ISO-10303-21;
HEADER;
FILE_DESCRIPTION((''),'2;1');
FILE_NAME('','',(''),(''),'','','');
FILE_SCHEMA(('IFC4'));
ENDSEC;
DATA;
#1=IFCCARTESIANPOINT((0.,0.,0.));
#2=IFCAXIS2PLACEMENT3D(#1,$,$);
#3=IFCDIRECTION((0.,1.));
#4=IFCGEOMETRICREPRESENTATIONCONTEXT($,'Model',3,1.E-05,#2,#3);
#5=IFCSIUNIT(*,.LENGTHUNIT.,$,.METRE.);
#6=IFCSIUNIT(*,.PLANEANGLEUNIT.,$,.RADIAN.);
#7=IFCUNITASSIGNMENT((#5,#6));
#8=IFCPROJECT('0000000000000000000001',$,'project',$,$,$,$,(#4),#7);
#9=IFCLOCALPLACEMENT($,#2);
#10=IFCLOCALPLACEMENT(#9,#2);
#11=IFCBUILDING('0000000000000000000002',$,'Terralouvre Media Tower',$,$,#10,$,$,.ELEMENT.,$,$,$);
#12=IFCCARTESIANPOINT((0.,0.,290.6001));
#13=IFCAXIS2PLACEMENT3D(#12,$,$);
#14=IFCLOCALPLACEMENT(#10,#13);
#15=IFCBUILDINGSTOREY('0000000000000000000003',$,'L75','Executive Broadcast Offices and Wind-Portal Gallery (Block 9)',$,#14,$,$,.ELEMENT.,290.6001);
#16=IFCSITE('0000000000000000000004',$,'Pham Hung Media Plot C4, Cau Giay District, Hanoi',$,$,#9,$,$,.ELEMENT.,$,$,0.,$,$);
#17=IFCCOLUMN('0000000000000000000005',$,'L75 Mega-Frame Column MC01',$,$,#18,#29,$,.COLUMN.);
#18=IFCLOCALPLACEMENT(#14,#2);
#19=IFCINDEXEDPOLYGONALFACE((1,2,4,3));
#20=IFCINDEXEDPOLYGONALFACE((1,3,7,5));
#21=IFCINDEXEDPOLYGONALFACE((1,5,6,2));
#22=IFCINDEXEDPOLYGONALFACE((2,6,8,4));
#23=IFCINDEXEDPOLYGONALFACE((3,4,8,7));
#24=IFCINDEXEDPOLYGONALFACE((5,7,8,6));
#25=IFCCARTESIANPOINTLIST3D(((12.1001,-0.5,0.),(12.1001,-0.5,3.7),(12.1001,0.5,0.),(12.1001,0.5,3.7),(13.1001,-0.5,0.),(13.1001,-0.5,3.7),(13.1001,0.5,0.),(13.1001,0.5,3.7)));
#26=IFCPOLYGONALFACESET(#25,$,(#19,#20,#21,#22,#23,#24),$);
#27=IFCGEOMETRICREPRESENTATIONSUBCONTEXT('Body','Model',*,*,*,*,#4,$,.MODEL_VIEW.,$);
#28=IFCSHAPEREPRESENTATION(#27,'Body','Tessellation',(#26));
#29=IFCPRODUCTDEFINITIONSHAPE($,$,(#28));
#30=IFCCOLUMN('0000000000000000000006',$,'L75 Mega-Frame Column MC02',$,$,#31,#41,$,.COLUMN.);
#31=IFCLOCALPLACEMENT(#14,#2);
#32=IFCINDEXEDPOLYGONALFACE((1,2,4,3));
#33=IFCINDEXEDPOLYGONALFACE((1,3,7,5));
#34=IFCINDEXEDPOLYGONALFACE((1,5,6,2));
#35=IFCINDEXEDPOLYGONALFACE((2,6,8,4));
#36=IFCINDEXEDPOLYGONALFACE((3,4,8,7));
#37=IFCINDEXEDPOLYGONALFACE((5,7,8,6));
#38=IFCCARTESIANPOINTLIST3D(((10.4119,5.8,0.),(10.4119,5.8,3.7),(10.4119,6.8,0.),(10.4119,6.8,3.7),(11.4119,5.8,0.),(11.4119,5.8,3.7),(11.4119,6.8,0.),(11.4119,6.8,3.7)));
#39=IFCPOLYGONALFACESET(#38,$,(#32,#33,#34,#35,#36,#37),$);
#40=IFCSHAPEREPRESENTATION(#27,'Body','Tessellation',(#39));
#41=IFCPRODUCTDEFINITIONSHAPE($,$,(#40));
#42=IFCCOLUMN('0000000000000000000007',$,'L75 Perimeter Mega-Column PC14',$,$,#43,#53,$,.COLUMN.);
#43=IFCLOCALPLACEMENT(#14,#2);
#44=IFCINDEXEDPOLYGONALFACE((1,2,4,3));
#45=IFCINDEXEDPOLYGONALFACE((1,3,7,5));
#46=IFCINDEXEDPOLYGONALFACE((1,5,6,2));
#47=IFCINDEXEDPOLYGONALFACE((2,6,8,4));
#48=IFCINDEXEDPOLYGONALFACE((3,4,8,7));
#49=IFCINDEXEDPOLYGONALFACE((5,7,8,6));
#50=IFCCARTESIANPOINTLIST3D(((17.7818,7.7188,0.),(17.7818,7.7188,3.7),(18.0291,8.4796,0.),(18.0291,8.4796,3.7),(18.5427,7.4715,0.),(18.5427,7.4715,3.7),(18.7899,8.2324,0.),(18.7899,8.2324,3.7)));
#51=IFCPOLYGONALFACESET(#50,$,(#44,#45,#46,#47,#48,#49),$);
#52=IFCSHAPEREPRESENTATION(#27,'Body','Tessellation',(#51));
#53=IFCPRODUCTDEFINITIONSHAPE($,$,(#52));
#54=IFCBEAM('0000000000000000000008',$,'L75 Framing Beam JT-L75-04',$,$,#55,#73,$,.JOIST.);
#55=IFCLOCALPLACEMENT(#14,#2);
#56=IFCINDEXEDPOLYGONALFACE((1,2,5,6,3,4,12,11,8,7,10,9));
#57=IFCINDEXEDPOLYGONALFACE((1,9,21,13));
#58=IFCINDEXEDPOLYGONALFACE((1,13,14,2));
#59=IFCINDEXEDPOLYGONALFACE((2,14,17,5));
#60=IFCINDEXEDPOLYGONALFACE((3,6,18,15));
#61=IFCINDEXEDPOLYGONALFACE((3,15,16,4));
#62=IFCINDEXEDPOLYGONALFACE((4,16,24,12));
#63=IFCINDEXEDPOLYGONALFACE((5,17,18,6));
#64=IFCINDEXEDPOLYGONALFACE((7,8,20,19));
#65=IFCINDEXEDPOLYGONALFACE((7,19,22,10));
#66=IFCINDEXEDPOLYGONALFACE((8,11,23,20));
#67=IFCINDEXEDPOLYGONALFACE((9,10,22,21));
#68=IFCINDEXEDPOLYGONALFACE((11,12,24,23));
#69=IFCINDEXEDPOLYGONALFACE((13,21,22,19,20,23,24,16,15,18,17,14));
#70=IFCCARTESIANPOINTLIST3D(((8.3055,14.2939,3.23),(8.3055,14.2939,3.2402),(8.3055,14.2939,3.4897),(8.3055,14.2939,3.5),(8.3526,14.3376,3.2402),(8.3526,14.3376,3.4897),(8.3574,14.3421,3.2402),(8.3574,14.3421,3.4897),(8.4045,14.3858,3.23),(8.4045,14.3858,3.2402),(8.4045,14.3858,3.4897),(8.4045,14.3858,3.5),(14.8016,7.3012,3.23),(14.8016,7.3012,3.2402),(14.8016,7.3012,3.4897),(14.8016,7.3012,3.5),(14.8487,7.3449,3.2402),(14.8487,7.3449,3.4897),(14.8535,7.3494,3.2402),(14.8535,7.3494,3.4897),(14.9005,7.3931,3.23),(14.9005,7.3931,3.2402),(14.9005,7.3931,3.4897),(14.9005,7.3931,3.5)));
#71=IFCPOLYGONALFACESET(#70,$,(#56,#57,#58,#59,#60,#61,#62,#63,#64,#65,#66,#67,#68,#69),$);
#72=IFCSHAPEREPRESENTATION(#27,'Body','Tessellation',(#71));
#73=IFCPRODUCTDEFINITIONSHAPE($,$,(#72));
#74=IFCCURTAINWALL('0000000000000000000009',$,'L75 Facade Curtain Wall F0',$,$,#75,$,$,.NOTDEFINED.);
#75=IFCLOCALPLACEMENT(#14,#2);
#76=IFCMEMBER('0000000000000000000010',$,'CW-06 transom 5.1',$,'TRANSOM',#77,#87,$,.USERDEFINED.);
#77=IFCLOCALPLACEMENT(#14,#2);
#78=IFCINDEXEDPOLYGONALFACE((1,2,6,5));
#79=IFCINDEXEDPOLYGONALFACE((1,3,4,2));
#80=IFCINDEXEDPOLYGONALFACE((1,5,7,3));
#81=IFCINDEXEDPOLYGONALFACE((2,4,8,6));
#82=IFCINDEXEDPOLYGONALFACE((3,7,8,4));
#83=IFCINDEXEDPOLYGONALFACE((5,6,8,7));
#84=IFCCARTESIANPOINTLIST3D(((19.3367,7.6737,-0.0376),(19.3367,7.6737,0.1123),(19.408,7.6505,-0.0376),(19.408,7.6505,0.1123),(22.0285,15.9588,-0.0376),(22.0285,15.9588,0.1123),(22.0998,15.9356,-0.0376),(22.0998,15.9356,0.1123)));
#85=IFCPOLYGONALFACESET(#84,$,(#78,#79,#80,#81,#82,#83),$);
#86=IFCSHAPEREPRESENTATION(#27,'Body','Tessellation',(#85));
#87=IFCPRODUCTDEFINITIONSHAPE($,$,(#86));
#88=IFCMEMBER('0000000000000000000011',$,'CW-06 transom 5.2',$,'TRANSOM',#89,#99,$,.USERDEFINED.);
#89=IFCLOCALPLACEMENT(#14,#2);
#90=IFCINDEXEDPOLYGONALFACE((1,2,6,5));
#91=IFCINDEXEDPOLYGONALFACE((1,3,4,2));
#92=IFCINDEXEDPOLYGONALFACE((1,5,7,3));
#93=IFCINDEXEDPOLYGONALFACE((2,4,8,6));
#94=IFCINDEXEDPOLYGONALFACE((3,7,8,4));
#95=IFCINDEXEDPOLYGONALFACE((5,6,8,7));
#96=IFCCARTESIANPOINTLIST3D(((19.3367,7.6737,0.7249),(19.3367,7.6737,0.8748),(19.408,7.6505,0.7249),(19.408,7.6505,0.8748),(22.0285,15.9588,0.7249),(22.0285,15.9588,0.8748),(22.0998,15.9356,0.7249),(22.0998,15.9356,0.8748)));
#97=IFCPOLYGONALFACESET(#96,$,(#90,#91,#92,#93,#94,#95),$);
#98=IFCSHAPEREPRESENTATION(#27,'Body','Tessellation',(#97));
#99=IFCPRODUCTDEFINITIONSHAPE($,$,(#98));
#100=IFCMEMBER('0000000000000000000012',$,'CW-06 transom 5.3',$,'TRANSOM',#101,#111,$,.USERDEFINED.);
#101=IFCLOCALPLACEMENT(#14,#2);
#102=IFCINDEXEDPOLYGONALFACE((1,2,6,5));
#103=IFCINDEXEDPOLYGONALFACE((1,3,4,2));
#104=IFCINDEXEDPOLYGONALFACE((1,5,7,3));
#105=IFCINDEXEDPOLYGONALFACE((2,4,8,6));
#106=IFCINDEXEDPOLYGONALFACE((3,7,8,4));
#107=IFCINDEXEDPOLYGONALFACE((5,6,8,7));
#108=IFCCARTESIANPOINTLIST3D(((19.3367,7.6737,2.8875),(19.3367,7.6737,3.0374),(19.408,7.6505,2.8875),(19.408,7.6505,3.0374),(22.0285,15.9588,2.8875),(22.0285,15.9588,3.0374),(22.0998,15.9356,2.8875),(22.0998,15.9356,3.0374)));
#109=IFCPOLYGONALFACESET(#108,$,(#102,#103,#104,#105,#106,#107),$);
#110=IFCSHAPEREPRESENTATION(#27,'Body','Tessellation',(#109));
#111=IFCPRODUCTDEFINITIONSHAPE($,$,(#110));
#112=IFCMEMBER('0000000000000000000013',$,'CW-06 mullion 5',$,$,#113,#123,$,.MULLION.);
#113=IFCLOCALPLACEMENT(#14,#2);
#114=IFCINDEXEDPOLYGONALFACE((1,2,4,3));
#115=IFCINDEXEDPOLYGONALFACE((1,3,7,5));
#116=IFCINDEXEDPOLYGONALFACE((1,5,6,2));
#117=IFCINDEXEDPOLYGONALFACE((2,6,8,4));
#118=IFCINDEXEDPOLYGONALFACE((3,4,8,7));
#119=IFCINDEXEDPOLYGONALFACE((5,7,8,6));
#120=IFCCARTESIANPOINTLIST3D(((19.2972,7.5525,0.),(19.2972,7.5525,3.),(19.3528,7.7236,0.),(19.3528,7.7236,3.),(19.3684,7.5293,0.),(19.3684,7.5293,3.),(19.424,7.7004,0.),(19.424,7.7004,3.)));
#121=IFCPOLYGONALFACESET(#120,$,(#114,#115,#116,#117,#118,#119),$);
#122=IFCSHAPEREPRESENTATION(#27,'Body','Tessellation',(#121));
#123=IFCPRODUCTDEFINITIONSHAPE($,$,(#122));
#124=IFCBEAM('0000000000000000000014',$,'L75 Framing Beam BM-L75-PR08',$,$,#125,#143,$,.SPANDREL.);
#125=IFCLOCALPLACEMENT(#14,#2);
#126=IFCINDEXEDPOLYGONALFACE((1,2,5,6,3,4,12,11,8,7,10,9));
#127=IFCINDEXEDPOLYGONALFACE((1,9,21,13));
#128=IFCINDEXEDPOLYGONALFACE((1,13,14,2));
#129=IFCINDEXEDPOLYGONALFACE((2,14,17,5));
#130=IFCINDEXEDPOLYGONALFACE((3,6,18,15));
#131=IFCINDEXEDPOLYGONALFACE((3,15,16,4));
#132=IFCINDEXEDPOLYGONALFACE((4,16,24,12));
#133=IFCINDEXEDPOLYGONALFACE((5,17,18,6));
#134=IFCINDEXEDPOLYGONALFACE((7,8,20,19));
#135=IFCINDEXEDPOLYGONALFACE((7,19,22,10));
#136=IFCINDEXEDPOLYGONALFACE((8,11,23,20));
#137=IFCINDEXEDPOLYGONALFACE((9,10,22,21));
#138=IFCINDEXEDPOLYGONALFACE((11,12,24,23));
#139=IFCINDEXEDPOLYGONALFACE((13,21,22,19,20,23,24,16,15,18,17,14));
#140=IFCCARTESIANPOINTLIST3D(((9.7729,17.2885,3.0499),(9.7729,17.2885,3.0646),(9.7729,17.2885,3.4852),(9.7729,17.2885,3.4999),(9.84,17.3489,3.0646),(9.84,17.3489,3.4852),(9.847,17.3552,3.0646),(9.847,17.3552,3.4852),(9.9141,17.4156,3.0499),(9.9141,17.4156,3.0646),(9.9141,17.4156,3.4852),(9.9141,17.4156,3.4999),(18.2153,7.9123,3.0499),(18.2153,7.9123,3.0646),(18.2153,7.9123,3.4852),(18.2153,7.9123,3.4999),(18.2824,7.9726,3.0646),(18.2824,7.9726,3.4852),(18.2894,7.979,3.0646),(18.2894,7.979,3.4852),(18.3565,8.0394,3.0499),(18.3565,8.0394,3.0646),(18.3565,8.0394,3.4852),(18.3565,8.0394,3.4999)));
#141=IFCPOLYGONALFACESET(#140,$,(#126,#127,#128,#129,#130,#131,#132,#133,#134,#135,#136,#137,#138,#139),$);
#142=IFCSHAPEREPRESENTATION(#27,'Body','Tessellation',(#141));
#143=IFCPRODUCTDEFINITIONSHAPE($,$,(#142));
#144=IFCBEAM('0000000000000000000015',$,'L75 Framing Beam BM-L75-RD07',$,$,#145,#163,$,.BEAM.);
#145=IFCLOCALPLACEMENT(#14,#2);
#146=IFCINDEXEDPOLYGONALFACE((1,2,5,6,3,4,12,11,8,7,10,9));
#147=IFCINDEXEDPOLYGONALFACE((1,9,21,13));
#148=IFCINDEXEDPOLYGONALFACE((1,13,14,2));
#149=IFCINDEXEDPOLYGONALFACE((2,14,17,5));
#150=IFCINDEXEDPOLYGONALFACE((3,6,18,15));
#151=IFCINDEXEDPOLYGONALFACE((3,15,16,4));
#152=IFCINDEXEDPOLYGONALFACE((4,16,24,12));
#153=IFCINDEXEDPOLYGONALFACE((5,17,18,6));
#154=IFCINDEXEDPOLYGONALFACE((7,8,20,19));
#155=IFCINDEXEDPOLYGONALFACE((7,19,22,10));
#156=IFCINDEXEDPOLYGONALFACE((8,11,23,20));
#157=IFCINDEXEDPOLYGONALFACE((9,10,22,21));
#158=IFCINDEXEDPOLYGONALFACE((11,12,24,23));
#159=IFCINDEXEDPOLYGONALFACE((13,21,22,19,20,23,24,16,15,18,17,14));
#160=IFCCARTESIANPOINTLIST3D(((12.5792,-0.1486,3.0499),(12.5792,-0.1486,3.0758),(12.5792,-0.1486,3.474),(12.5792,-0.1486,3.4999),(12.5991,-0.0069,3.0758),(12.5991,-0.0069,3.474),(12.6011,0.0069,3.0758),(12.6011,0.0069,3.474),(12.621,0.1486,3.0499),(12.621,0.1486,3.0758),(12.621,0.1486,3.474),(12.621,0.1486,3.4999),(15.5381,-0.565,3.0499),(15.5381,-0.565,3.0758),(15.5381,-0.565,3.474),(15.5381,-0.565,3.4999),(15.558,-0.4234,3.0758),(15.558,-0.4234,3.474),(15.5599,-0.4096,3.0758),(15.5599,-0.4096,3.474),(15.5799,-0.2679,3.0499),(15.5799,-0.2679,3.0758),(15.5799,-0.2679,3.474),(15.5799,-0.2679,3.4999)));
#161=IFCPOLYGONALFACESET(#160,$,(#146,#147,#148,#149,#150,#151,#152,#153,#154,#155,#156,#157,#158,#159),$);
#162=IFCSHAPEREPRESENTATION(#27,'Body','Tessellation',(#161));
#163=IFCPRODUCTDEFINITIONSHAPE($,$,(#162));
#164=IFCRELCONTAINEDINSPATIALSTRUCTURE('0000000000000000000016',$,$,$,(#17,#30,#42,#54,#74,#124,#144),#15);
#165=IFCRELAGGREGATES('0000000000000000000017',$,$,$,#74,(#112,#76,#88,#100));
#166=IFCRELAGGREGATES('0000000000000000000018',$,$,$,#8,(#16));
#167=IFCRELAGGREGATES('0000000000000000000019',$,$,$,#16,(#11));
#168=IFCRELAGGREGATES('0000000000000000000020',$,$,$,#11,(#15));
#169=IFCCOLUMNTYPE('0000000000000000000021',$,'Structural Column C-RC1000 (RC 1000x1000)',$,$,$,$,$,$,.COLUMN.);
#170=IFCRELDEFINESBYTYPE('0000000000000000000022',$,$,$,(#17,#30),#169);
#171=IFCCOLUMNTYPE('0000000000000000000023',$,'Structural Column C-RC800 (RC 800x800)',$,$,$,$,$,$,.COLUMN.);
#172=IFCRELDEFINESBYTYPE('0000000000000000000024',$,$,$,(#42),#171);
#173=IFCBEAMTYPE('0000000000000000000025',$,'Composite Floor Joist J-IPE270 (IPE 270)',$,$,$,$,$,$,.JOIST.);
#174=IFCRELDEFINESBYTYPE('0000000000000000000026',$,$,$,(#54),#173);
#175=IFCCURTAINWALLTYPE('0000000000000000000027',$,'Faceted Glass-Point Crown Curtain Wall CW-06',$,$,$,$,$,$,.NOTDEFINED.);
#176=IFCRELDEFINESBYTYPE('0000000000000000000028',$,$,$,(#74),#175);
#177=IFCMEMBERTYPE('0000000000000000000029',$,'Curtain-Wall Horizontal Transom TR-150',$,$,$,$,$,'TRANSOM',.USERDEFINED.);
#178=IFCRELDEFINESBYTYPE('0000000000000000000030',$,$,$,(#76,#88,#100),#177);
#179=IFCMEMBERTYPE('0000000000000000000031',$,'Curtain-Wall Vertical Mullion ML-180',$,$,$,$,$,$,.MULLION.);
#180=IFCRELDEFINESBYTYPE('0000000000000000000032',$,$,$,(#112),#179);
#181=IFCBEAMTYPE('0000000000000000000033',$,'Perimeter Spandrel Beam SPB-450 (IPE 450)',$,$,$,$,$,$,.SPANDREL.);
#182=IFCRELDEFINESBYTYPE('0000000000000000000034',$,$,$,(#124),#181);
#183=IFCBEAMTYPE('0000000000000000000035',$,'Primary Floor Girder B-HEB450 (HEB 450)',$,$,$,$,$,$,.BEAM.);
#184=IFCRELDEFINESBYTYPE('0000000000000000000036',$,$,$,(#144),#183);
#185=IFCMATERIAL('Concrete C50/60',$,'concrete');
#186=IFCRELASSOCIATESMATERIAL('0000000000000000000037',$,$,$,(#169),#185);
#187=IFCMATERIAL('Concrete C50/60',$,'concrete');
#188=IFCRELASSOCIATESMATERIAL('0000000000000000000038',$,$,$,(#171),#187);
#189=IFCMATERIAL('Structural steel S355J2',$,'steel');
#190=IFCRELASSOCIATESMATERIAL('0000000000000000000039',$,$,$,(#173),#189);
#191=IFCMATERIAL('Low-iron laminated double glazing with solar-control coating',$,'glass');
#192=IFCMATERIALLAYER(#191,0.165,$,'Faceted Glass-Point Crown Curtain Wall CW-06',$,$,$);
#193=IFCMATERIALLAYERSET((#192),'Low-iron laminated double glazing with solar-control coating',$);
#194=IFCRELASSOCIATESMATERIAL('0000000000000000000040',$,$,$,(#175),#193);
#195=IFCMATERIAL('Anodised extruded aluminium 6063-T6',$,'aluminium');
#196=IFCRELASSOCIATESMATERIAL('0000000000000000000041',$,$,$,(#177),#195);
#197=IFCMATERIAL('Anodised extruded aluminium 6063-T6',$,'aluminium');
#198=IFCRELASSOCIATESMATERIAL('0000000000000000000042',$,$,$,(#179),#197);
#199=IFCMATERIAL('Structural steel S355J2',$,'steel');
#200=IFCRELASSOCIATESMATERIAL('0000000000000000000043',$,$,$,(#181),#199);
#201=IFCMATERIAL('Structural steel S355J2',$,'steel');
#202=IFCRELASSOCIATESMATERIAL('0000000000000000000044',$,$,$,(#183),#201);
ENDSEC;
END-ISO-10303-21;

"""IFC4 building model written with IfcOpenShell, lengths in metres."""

from ifc_helpers import new_model, si_unit, direction, frame, origin, origin_2d, place, context, subcontext, project, spatial, rectangle, i_section, extrude, material, layer, layer_set, material_profile, profile_set, type_object, element, aggregate, save


model = new_model("IFC4")

# Units and contexts
model_context = context("Model", 3, precision=1e-05, world=origin(), true_north=direction((0.0, 1.0)))
body_context = subcontext(model_context, "Body", "Model", "MODEL_VIEW")
ifc_project = project(units=[si_unit("LENGTHUNIT", "METRE"), si_unit("PLANEANGLEUNIT", "RADIAN")], contexts=[model_context])

# Site, building, storey
site_placement = place(None, origin())
site = spatial("IfcSite", under=ifc_project, at=site_placement, Name="Pham Hung Media Plot C4, Cau Giay District, Hanoi", CompositionType="ELEMENT", RefElevation=0.0)
building_placement = place(site_placement, origin())
building = spatial("IfcBuilding", under=site, at=building_placement, Name="Terralouvre Media Tower", CompositionType="ELEMENT")
storey_placement = place(building_placement, frame((0.0, 0.0, 290.6001)))
storey = spatial("IfcBuildingStorey", under=building, at=storey_placement, Name="L75", Description="Executive Broadcast Offices and Wind-Portal Gallery (Block 9)", CompositionType="ELEMENT", Elevation=290.6001)

# Columns
ifc_material_1 = material(Name="Concrete C50/60", Category="concrete")
ifc_material_profile_1 = material_profile(ifc_material_1, rectangle(XDim=1.0, YDim=1.0, at=origin_2d()), Name="RC 1000x1000")
ifc_profile_set_1 = profile_set([ifc_material_profile_1], Name="Concrete C50/60")
column_type_1 = type_object("IfcColumnType", Name="Structural Column C-RC1000 (RC 1000x1000)", PredefinedType="COLUMN", material=ifc_profile_set_1)
for number, where, z_axis, x_axis, name in (
    (1, (12.6001, 0.0, 0.0), (0.0, 0.0, 1.0), (1.0, 0.0, 0.0), "L75 Mega-Frame Column MC01"),
    (2, (10.9119, 6.3, 0.0), (0.0, 0.0, 1.0), (1.0, 0.0, 0.0), "L75 Mega-Frame Column MC02"),
):
    element("IfcColumn", number, at=place(storey_placement, frame(where, z_axis=z_axis, x_axis=x_axis)), inside=storey, type_object=column_type_1, Name=name, PredefinedType="COLUMN", context=body_context, shape_type="SweptSolid", body=[
        extrude(rectangle(XDim=1.0, YDim=1.0, at=origin_2d()), origin(), (0.0, 0.0, 1.0), 3.7),
    ])
ifc_material_2 = material(Name="Concrete C50/60", Category="concrete")
ifc_material_profile_2 = material_profile(ifc_material_2, rectangle(XDim=0.8, YDim=0.8, at=origin_2d()), Name="RC 800x800")
ifc_profile_set_2 = profile_set([ifc_material_profile_2], Name="Concrete C50/60")
column_type_2 = type_object("IfcColumnType", Name="Structural Column C-RC800 (RC 800x800)", PredefinedType="COLUMN", material=ifc_profile_set_2)
column_placement = place(storey_placement, frame((18.2859, 7.9756, 0.0), z_axis=(0.0, 0.0, 1.0), x_axis=(0.309017, 0.951057, 0.0)))
element("IfcColumn", 3, at=column_placement, inside=storey, type_object=column_type_2, Name="L75 Perimeter Mega-Column PC14", PredefinedType="COLUMN", context=body_context, shape_type="SweptSolid", body=[
    extrude(rectangle(XDim=0.8, YDim=0.8, at=origin_2d()), origin(), (0.0, 0.0, 1.0), 3.7),
])

# Beam
ifc_material_3 = material(Name="Structural steel S355J2", Category="steel")
ifc_material_profile_3 = material_profile(ifc_material_3, i_section(OverallWidth=0.135, OverallDepth=0.27, WebThickness=0.0066, FlangeThickness=0.0103, at=origin_2d()), Name="IPE 270")
ifc_profile_set_3 = profile_set([ifc_material_profile_3], Name="Structural steel S355J2")
beam_type_1 = type_object("IfcBeamType", Name="Composite Floor Joist J-IPE270 (IPE 270)", PredefinedType="JOIST", material=ifc_profile_set_3)
beam_1_placement = place(storey_placement, frame((14.8511, 7.3472, 3.365), z_axis=(-0.680614, 0.732642, 0.0), x_axis=(-0.732642, -0.680614, 0.0)))
element("IfcBeam", 4, at=beam_1_placement, inside=storey, type_object=beam_type_1, Name="L75 Framing Beam JT-L75-04", PredefinedType="JOIST", context=body_context, shape_type="SweptSolid", body=[
    extrude(i_section(OverallWidth=0.135, OverallDepth=0.27, WebThickness=0.0066, FlangeThickness=0.0103, at=origin_2d()), origin(), (0.0, 0.0, 1.0), 9.5444),
])

# Curtain wall, members
ifc_material_4 = material(Name="Low-iron laminated double glazing with solar-control coating", Category="glass")
ifc_layer_1 = layer(ifc_material_4, 0.165, Name="Faceted Glass-Point Crown Curtain Wall CW-06")
ifc_layer_set_1 = layer_set([ifc_layer_1], Name="Low-iron laminated double glazing with solar-control coating")
curtain_wall_type = type_object("IfcCurtainWallType", Name="Faceted Glass-Point Crown Curtain Wall CW-06", PredefinedType="NOTDEFINED", material=ifc_layer_set_1)
curtain_wall_placement = place(storey_placement, origin())
curtain_wall = element("IfcCurtainWall", 5, at=curtain_wall_placement, inside=storey, type_object=curtain_wall_type, Name="L75 Facade Curtain Wall F0", PredefinedType="NOTDEFINED")
ifc_material_5 = material(Name="Anodised extruded aluminium 6063-T6", Category="aluminium")
ifc_material_profile_4 = material_profile(ifc_material_5, rectangle(XDim=0.075, YDim=0.1499, at=origin_2d()), Name="ALU 75x150")
ifc_profile_set_4 = profile_set([ifc_material_profile_4], Name="Anodised extruded aluminium 6063-T6")
member_type_1 = type_object("IfcMemberType", Name="Curtain-Wall Horizontal Transom TR-150", ElementType="TRANSOM", PredefinedType="USERDEFINED", material=ifc_profile_set_4)
member_1_placement = place(storey_placement, frame((19.3723, 7.6621, 0.0374), z_axis=(0.309005, 0.95106, 0.0), x_axis=(-0.95106, 0.309005, 0.0)))
member_1 = element("IfcMember", 6, at=member_1_placement, type_object=member_type_1, Name="CW-06 transom 5.1", ObjectType="TRANSOM", PredefinedType="USERDEFINED", context=body_context, shape_type="SweptSolid", body=[
    extrude(rectangle(XDim=0.075, YDim=0.1499, at=origin_2d()), origin(), (0.0, 0.0, 1.0), 8.7114),
])
member_2_placement = place(storey_placement, frame((19.3723, 7.6621, 0.7998), z_axis=(0.309005, 0.95106, 0.0), x_axis=(-0.95106, 0.309005, 0.0)))
member_2 = element("IfcMember", 7, at=member_2_placement, type_object=member_type_1, Name="CW-06 transom 5.2", ObjectType="TRANSOM", PredefinedType="USERDEFINED", context=body_context, shape_type="SweptSolid", body=[
    extrude(rectangle(XDim=0.075, YDim=0.1499, at=origin_2d()), origin(), (0.0, 0.0, 1.0), 8.7114),
])
member_3_placement = place(storey_placement, frame((19.3723, 7.6621, 2.9624), z_axis=(0.309005, 0.95106, 0.0), x_axis=(-0.95106, 0.309005, 0.0)))
member_3 = element("IfcMember", 8, at=member_3_placement, type_object=member_type_1, Name="CW-06 transom 5.3", ObjectType="TRANSOM", PredefinedType="USERDEFINED", context=body_context, shape_type="SweptSolid", body=[
    extrude(rectangle(XDim=0.075, YDim=0.1499, at=origin_2d()), origin(), (0.0, 0.0, 1.0), 8.7114),
])
ifc_material_6 = material(Name="Anodised extruded aluminium 6063-T6", Category="aluminium")
ifc_material_profile_5 = material_profile(ifc_material_6, rectangle(XDim=0.075, YDim=0.1799, at=origin_2d()), Name="ALU 75x180")
ifc_profile_set_5 = profile_set([ifc_material_profile_5], Name="Anodised extruded aluminium 6063-T6")
member_type_2 = type_object("IfcMemberType", Name="Curtain-Wall Vertical Mullion ML-180", PredefinedType="MULLION", material=ifc_profile_set_5)
member_4_placement = place(storey_placement, frame((19.3606, 7.6265, 0.0), z_axis=(0.0, 0.0, 1.0), x_axis=(-0.951057, 0.309017, 0.0)))
member_4 = element("IfcMember", 9, at=member_4_placement, type_object=member_type_2, Name="CW-06 mullion 5", PredefinedType="MULLION", context=body_context, shape_type="SweptSolid", body=[
    extrude(rectangle(XDim=0.075, YDim=0.1799, at=origin_2d()), origin(), (0.0, 0.0, 1.0), 3.0),
])

# Beams
ifc_material_7 = material(Name="Structural steel S355J2", Category="steel")
ifc_material_profile_6 = material_profile(ifc_material_7, i_section(OverallWidth=0.1899, OverallDepth=0.45, WebThickness=0.0095, FlangeThickness=0.0146, at=origin_2d()), Name="IPE 450")
ifc_profile_set_6 = profile_set([ifc_material_profile_6], Name="Structural steel S355J2")
beam_type_2 = type_object("IfcBeamType", Name="Perimeter Spandrel Beam SPB-450 (IPE 450)", PredefinedType="SPANDREL", material=ifc_profile_set_6)
beam_2_placement = place(storey_placement, frame((18.2859, 7.9758, 3.2749), z_axis=(-0.66913, 0.743145, 0.0), x_axis=(-0.743145, -0.66913, 0.0)))
element("IfcBeam", 10, at=beam_2_placement, inside=storey, type_object=beam_type_2, Name="L75 Framing Beam BM-L75-PR08", PredefinedType="SPANDREL", context=body_context, shape_type="SweptSolid", body=[
    extrude(i_section(OverallWidth=0.1899, OverallDepth=0.45, WebThickness=0.0095, FlangeThickness=0.0146, at=origin_2d()), origin(), (0.0, 0.0, 1.0), 12.6169),
])
ifc_material_8 = material(Name="Structural steel S355J2", Category="steel")
ifc_material_profile_7 = material_profile(ifc_material_8, i_section(OverallWidth=0.3, OverallDepth=0.45, WebThickness=0.0139, FlangeThickness=0.0259, at=origin_2d()), Name="HEB 450")
ifc_profile_set_7 = profile_set([ifc_material_profile_7], Name="Structural steel S355J2")
beam_type_3 = type_object("IfcBeamType", Name="Primary Floor Girder B-HEB450 (HEB 450)", PredefinedType="BEAM", material=ifc_profile_set_7)
beam_3_placement = place(storey_placement, frame((12.6001, 0.0, 3.2749), z_axis=(0.990238, -0.139385, 0.0), x_axis=(0.139385, 0.990238, 0.0)))
element("IfcBeam", 11, at=beam_3_placement, inside=storey, type_object=beam_type_3, Name="L75 Framing Beam BM-L75-RD07", PredefinedType="BEAM", context=body_context, shape_type="SweptSolid", body=[
    extrude(i_section(OverallWidth=0.3, OverallDepth=0.45, WebThickness=0.0139, FlangeThickness=0.0259, at=origin_2d()), origin(), (0.0, 0.0, 1.0), 2.988),
])

aggregate(curtain_wall, [member_4, member_1, member_2, member_3])

save(model, "model.ifc")
